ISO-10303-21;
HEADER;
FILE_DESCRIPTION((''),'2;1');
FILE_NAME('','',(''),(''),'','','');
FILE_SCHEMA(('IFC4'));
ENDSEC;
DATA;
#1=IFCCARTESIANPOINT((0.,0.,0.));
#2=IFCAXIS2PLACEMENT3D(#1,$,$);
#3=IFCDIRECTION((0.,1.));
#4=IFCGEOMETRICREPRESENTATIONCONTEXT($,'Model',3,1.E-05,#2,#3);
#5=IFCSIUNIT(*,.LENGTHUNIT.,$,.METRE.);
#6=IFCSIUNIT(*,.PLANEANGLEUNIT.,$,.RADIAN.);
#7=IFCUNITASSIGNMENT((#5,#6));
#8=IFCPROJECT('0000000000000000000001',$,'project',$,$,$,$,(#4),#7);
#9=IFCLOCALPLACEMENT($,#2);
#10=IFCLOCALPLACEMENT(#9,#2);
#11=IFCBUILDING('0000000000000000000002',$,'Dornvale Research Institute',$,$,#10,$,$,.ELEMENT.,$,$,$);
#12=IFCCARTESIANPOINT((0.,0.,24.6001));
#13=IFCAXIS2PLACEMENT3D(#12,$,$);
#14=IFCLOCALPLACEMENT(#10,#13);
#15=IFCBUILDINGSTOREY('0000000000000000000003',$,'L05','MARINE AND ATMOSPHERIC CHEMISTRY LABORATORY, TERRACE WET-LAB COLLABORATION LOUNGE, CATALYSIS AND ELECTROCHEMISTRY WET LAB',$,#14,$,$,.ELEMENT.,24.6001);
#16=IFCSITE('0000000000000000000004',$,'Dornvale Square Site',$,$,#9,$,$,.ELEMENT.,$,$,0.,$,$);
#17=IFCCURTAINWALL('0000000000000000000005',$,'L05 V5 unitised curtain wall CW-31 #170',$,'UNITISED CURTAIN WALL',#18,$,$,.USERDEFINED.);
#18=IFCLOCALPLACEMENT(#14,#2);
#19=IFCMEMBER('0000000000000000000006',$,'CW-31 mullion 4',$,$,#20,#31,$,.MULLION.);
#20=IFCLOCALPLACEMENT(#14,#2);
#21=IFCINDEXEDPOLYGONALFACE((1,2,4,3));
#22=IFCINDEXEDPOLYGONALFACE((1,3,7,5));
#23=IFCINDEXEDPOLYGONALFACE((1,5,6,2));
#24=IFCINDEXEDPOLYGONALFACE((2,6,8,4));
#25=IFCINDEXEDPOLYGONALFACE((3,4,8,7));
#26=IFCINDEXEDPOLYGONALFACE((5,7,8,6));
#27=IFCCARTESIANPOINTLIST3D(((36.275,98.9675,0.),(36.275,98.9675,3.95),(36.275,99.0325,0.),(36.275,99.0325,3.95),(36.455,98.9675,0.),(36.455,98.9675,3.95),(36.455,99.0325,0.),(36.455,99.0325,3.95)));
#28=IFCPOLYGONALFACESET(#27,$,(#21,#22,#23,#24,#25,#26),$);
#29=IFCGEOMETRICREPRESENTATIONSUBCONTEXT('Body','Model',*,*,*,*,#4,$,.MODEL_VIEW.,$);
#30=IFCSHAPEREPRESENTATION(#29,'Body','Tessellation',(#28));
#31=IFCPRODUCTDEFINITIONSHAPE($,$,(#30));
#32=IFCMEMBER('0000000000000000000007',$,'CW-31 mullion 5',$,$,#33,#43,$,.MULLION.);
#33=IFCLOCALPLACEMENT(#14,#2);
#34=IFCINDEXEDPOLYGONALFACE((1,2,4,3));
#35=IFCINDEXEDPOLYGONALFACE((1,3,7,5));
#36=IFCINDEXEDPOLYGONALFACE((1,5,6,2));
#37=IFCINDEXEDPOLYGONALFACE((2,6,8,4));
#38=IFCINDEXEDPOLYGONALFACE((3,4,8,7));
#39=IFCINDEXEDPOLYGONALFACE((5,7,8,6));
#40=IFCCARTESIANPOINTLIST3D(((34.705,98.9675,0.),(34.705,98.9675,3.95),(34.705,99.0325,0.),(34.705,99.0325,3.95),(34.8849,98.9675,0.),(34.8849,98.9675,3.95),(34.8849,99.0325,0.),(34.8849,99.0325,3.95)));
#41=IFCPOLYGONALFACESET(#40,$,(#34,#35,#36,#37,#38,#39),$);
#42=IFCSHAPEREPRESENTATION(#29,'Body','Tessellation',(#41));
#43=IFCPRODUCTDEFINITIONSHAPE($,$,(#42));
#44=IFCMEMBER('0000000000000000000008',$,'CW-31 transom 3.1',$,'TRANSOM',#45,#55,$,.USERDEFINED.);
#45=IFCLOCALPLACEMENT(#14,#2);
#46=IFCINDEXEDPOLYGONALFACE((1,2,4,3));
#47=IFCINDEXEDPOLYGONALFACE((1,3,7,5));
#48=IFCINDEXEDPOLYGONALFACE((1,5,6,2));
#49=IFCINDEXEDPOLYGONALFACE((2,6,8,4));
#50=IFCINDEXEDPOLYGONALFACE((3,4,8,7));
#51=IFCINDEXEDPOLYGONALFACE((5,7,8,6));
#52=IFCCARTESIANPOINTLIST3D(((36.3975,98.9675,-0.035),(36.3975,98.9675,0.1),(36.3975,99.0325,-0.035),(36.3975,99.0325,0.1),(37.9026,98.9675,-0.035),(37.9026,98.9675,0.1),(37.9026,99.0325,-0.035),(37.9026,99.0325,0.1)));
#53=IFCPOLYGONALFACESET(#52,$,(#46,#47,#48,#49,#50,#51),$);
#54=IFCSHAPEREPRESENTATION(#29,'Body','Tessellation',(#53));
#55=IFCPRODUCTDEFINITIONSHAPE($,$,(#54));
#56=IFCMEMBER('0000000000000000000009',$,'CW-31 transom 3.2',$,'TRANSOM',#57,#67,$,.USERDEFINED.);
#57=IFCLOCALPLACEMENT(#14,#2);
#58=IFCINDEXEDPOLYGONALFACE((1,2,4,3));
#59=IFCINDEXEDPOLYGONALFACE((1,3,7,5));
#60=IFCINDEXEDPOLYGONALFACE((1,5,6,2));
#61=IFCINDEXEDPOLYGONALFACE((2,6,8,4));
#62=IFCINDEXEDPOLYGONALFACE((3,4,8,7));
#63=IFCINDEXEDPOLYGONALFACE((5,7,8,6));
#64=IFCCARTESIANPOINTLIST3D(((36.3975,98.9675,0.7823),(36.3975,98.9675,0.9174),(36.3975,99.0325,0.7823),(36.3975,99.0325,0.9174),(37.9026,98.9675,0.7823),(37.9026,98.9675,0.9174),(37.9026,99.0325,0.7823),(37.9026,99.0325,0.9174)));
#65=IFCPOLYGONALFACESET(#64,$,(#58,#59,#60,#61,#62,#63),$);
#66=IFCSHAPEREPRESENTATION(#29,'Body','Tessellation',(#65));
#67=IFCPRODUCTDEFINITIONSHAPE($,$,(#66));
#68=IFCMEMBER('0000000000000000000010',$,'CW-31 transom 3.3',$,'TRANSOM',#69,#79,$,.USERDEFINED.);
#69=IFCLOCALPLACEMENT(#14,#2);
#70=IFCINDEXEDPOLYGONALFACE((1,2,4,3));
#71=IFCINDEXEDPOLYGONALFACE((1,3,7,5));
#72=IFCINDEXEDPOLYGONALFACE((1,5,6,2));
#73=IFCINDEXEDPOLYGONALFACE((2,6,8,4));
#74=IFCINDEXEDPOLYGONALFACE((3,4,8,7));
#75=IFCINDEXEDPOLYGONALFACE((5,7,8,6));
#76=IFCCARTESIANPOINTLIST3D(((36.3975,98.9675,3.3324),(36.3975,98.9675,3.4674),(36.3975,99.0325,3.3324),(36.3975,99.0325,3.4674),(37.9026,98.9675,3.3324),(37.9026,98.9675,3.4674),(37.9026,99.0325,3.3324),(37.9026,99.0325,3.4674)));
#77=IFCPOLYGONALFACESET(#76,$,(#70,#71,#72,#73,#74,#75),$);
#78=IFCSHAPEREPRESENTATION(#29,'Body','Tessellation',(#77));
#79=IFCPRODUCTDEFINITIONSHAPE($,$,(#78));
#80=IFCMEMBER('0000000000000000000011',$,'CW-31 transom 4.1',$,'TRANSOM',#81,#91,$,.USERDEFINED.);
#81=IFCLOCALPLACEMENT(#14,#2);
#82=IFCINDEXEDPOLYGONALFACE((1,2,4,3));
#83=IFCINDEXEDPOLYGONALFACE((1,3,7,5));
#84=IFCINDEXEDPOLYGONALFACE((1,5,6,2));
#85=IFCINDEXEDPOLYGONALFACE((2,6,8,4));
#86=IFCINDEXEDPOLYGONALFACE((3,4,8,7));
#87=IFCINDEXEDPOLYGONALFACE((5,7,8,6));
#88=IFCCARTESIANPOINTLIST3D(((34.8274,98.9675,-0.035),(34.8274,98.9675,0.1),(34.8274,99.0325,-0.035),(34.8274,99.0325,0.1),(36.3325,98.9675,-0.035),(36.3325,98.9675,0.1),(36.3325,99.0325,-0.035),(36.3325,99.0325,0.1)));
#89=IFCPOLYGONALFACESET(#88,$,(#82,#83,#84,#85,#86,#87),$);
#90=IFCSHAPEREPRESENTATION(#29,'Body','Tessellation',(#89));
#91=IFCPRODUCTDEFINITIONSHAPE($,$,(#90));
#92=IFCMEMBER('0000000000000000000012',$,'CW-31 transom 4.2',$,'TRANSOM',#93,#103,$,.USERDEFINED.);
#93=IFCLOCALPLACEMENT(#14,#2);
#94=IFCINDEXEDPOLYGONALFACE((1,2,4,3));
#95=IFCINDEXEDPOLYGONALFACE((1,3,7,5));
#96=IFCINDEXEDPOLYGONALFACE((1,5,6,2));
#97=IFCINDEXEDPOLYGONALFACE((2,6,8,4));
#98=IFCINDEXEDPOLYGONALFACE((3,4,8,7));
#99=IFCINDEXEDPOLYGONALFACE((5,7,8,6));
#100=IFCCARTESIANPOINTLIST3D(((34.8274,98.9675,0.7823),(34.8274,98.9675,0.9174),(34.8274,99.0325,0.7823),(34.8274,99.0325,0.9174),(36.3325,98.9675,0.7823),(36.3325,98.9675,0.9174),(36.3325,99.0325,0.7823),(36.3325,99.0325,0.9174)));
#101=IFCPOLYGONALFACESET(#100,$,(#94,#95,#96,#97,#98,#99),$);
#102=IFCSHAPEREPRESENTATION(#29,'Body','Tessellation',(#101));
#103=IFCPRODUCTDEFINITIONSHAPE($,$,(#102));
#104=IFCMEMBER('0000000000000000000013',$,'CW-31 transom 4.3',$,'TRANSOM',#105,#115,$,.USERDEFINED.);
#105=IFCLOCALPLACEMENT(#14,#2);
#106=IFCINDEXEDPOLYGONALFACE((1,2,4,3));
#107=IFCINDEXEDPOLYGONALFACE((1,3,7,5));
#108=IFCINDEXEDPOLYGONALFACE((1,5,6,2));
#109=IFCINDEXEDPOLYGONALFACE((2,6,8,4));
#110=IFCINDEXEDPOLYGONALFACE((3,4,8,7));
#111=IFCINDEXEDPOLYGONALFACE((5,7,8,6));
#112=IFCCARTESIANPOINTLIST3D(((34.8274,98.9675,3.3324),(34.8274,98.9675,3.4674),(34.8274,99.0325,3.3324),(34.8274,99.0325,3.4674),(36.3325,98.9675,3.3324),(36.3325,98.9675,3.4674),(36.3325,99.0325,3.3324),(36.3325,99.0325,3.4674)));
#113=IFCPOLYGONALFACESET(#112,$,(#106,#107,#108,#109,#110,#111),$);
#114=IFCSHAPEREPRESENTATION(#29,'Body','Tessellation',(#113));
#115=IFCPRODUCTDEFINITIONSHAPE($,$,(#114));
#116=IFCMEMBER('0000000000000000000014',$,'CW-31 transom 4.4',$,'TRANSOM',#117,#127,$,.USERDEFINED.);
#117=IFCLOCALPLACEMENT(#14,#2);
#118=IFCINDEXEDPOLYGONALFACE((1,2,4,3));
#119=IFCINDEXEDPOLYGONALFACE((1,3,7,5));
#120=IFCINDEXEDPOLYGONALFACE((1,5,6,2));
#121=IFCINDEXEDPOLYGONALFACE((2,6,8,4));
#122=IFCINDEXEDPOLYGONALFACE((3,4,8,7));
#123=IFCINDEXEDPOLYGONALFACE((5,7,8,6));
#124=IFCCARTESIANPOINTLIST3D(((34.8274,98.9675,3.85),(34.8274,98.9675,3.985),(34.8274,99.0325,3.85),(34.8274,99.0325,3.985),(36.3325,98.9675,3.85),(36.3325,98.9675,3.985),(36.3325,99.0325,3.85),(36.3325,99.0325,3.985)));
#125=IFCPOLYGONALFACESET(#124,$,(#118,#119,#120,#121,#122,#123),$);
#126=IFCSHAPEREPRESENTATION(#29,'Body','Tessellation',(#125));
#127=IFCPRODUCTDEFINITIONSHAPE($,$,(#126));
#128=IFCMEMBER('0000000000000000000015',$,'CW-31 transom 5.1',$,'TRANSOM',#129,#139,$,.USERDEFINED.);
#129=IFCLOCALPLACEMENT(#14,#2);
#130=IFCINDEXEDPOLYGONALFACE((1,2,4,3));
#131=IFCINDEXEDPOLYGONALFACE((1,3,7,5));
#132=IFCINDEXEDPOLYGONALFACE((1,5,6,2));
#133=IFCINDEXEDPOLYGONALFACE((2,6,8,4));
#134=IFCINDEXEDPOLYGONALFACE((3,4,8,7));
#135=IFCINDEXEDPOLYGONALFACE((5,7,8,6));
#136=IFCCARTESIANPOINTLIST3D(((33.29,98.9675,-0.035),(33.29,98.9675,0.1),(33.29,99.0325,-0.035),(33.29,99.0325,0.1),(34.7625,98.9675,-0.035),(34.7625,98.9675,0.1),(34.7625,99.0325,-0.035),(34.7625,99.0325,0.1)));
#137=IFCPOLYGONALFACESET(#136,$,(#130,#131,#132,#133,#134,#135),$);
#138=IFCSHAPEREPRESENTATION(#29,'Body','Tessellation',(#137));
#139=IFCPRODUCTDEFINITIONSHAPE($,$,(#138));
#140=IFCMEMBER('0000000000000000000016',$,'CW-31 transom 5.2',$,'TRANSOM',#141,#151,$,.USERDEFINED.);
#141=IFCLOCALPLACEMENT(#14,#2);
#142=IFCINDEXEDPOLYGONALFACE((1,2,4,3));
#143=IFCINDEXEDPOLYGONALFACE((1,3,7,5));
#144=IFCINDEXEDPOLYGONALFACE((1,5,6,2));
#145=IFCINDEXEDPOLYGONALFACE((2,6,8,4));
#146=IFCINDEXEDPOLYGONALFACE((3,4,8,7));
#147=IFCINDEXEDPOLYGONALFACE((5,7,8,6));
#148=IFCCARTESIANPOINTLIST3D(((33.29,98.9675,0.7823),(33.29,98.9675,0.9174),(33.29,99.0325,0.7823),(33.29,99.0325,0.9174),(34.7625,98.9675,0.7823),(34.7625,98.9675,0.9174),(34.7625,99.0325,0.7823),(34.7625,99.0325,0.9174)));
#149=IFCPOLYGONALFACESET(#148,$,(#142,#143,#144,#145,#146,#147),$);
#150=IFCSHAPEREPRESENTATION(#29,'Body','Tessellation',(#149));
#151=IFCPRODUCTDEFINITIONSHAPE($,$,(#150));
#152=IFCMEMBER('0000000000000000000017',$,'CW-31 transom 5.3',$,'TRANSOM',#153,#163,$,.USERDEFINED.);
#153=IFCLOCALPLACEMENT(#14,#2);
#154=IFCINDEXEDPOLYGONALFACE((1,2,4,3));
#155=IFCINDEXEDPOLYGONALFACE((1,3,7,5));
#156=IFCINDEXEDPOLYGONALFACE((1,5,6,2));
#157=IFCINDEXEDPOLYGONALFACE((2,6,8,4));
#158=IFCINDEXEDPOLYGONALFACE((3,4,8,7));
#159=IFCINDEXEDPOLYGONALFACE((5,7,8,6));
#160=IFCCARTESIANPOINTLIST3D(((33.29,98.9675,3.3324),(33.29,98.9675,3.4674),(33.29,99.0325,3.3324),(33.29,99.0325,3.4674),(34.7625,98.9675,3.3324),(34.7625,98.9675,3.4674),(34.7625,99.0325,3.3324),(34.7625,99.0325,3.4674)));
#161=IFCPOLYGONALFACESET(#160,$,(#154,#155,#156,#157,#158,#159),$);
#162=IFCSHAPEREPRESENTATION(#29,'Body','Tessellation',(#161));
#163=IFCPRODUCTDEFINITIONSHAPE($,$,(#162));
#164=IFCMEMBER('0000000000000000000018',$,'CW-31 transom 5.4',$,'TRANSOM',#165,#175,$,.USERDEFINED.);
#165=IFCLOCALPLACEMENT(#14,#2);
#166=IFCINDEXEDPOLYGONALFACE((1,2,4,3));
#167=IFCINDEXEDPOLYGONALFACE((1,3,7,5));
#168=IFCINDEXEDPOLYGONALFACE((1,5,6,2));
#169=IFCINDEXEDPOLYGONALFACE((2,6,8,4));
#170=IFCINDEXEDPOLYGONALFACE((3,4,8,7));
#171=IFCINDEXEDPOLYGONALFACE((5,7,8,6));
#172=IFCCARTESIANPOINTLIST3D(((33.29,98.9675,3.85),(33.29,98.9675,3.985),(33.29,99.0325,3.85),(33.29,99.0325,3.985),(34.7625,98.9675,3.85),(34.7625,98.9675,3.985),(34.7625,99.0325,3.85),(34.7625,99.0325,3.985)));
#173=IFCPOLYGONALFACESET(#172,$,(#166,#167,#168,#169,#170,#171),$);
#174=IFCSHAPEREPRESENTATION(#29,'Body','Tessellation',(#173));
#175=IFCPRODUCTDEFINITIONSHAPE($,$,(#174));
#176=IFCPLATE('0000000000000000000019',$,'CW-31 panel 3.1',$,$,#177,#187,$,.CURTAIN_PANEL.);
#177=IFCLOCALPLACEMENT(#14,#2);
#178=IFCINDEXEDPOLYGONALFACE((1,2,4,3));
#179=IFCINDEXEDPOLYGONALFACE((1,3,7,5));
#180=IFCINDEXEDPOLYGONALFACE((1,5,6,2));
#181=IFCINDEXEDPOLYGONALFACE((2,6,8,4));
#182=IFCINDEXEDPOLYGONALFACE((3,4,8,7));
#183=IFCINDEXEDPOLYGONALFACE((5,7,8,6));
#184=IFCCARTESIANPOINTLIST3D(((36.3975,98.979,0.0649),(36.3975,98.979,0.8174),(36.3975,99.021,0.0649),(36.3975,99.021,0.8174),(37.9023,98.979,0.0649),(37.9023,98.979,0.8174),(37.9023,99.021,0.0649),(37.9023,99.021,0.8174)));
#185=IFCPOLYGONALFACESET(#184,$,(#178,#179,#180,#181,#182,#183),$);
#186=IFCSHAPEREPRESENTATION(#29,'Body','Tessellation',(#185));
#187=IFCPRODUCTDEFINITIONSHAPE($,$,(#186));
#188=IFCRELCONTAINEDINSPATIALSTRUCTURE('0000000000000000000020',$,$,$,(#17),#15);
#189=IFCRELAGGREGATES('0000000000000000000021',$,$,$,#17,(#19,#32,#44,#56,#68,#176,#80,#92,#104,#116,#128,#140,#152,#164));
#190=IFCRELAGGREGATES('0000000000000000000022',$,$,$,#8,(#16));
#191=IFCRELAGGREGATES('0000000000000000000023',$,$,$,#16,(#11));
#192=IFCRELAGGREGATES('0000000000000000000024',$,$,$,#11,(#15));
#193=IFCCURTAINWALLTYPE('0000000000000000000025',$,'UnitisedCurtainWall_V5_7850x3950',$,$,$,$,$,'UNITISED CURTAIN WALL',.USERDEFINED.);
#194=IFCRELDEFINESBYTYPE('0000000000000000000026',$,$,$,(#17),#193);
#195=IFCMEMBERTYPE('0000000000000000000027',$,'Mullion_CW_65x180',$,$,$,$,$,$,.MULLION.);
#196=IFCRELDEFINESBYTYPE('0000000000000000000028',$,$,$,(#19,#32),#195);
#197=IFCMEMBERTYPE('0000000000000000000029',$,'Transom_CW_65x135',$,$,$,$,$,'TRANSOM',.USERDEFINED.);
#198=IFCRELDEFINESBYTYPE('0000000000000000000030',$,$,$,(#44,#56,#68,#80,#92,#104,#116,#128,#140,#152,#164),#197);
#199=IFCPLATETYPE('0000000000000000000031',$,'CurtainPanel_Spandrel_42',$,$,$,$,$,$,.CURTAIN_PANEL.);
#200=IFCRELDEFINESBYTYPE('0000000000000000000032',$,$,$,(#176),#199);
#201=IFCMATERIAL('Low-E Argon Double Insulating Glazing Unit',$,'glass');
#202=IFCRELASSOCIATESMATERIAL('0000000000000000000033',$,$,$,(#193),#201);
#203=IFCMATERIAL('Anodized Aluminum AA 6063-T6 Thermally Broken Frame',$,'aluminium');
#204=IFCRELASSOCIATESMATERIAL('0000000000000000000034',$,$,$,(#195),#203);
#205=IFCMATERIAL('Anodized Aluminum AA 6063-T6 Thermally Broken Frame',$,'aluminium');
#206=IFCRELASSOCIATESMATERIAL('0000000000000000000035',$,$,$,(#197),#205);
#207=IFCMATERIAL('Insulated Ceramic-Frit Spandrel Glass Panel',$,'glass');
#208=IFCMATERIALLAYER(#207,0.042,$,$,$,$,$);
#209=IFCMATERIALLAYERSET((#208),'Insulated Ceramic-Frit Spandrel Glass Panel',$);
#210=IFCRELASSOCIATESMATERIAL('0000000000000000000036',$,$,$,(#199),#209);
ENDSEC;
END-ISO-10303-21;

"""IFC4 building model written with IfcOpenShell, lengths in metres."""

from ifc_helpers import new_model, si_unit, direction, frame, origin, origin_2d, place, context, subcontext, project, spatial, rectangle, extrude, material, layer, layer_set, material_profile, profile_set, type_object, element, aggregate, save


model = new_model("IFC4")

# Units and contexts
model_context = context("Model", 3, precision=1e-05, world=origin(), true_north=direction((0.0, 1.0)))
body_context = subcontext(model_context, "Body", "Model", "MODEL_VIEW")
ifc_project = project(units=[si_unit("LENGTHUNIT", "METRE"), si_unit("PLANEANGLEUNIT", "RADIAN")], contexts=[model_context])

# Site, building, storey
site_placement = place(None, origin())
site = spatial("IfcSite", under=ifc_project, at=site_placement, Name="Dornvale Square Site", CompositionType="ELEMENT", RefElevation=0.0)
building_placement = place(site_placement, origin())
building = spatial("IfcBuilding", under=site, at=building_placement, Name="Dornvale Research Institute", CompositionType="ELEMENT")
storey_placement = place(building_placement, frame((0.0, 0.0, 24.6001)))
storey = spatial("IfcBuildingStorey", under=building, at=storey_placement, Name="L05", Description="MARINE AND ATMOSPHERIC CHEMISTRY LABORATORY, TERRACE WET-LAB COLLABORATION LOUNGE, CATALYSIS AND ELECTROCHEMISTRY WET LAB", CompositionType="ELEMENT", Elevation=24.6001)

# Curtain wall, members, plate
ifc_material_1 = material(Name="Low-E Argon Double Insulating Glazing Unit", Category="glass")
curtain_wall_type = type_object("IfcCurtainWallType", Name="UnitisedCurtainWall_V5_7850x3950", ElementType="UNITISED CURTAIN WALL", PredefinedType="USERDEFINED", material=ifc_material_1)
curtain_wall_placement = place(storey_placement, origin())
curtain_wall = element("IfcCurtainWall", 1, at=curtain_wall_placement, inside=storey, type_object=curtain_wall_type, Name="L05 V5 unitised curtain wall CW-31 #170", ObjectType="UNITISED CURTAIN WALL", PredefinedType="USERDEFINED")
ifc_material_2 = material(Name="Anodized Aluminum AA 6063-T6 Thermally Broken Frame", Category="aluminium")
ifc_material_profile_1 = material_profile(ifc_material_2, rectangle(XDim=0.0649, YDim=0.1799, at=origin_2d()), Name="ALU MULLION 65x180")
ifc_profile_set_1 = profile_set([ifc_material_profile_1], Name="Anodized Aluminum AA 6063-T6 Thermally Broken Frame")
member_type_1 = type_object("IfcMemberType", Name="Mullion_CW_65x180", PredefinedType="MULLION", material=ifc_profile_set_1)
member_1_placement = place(storey_placement, frame((36.365, 99.0, 0.0), z_axis=(0.0, 0.0, 1.0), x_axis=(0.0, -1.0, 0.0)))
member_1 = element("IfcMember", 2, at=member_1_placement, type_object=member_type_1, Name="CW-31 mullion 4", PredefinedType="MULLION", context=body_context, shape_type="SweptSolid", body=[
    extrude(rectangle(XDim=0.0649, YDim=0.1799, at=origin_2d()), origin(), (0.0, 0.0, 1.0), 3.95),
])
member_2_placement = place(storey_placement, frame((34.7949, 99.0, 0.0), z_axis=(0.0, 0.0, 1.0), x_axis=(0.0, -1.0, 0.0)))
member_2 = element("IfcMember", 3, at=member_2_placement, type_object=member_type_1, Name="CW-31 mullion 5", PredefinedType="MULLION", context=body_context, shape_type="SweptSolid", body=[
    extrude(rectangle(XDim=0.0649, YDim=0.1799, at=origin_2d()), origin(), (0.0, 0.0, 1.0), 3.95),
])
ifc_material_3 = material(Name="Anodized Aluminum AA 6063-T6 Thermally Broken Frame", Category="aluminium")
ifc_material_profile_2 = material_profile(ifc_material_3, rectangle(XDim=0.0649, YDim=0.135, at=origin_2d()), Name="ALU TRANSOM 65x135")
ifc_profile_set_2 = profile_set([ifc_material_profile_2], Name="Anodized Aluminum AA 6063-T6 Thermally Broken Frame")
member_type_2 = type_object("IfcMemberType", Name="Transom_CW_65x135", ElementType="TRANSOM", PredefinedType="USERDEFINED", material=ifc_profile_set_2)
member_3_placement = place(storey_placement, frame((37.9026, 99.0, 0.0325), z_axis=(-1.0, 0.0, 0.0), x_axis=(0.0, -1.0, 0.0)))
member_3 = element("IfcMember", 4, at=member_3_placement, type_object=member_type_2, Name="CW-31 transom 3.1", ObjectType="TRANSOM", PredefinedType="USERDEFINED", context=body_context, shape_type="SweptSolid", body=[
    extrude(rectangle(XDim=0.0649, YDim=0.135, at=origin_2d()), origin(), (0.0, 0.0, 1.0), 1.5051),
])
member_4_placement = place(storey_placement, frame((37.9026, 99.0, 0.8499), z_axis=(-1.0, 0.0, 0.0), x_axis=(0.0, -1.0, 0.0)))
member_4 = element("IfcMember", 5, at=member_4_placement, type_object=member_type_2, Name="CW-31 transom 3.2", ObjectType="TRANSOM", PredefinedType="USERDEFINED", context=body_context, shape_type="SweptSolid", body=[
    extrude(rectangle(XDim=0.0649, YDim=0.135, at=origin_2d()), origin(), (0.0, 0.0, 1.0), 1.5051),
])
member_5_placement = place(storey_placement, frame((37.9026, 99.0, 3.3999), z_axis=(-1.0, 0.0, 0.0), x_axis=(0.0, -1.0, 0.0)))
member_5 = element("IfcMember", 6, at=member_5_placement, type_object=member_type_2, Name="CW-31 transom 3.3", ObjectType="TRANSOM", PredefinedType="USERDEFINED", context=body_context, shape_type="SweptSolid", body=[
    extrude(rectangle(XDim=0.0649, YDim=0.135, at=origin_2d()), origin(), (0.0, 0.0, 1.0), 1.5051),
])
member_6_placement = place(storey_placement, frame((36.3325, 99.0, 0.0325), z_axis=(-1.0, 0.0, 0.0), x_axis=(0.0, -1.0, 0.0)))
member_6 = element("IfcMember", 7, at=member_6_placement, type_object=member_type_2, Name="CW-31 transom 4.1", ObjectType="TRANSOM", PredefinedType="USERDEFINED", context=body_context, shape_type="SweptSolid", body=[
    extrude(rectangle(XDim=0.0649, YDim=0.135, at=origin_2d()), origin(), (0.0, 0.0, 1.0), 1.5051),
])
member_7_placement = place(storey_placement, frame((36.3325, 99.0, 0.8499), z_axis=(-1.0, 0.0, 0.0), x_axis=(0.0, -1.0, 0.0)))
member_7 = element("IfcMember", 8, at=member_7_placement, type_object=member_type_2, Name="CW-31 transom 4.2", ObjectType="TRANSOM", PredefinedType="USERDEFINED", context=body_context, shape_type="SweptSolid", body=[
    extrude(rectangle(XDim=0.0649, YDim=0.135, at=origin_2d()), origin(), (0.0, 0.0, 1.0), 1.5051),
])
member_8_placement = place(storey_placement, frame((36.3325, 99.0, 3.3999), z_axis=(-1.0, 0.0, 0.0), x_axis=(0.0, -1.0, 0.0)))
member_8 = element("IfcMember", 9, at=member_8_placement, type_object=member_type_2, Name="CW-31 transom 4.3", ObjectType="TRANSOM", PredefinedType="USERDEFINED", context=body_context, shape_type="SweptSolid", body=[
    extrude(rectangle(XDim=0.0649, YDim=0.135, at=origin_2d()), origin(), (0.0, 0.0, 1.0), 1.5051),
])
member_9_placement = place(storey_placement, frame((36.3325, 99.0, 3.9175), z_axis=(-1.0, 0.0, 0.0), x_axis=(0.0, -1.0, 0.0)))
member_9 = element("IfcMember", 10, at=member_9_placement, type_object=member_type_2, Name="CW-31 transom 4.4", ObjectType="TRANSOM", PredefinedType="USERDEFINED", context=body_context, shape_type="SweptSolid", body=[
    extrude(rectangle(XDim=0.0649, YDim=0.135, at=origin_2d()), origin(), (0.0, 0.0, 1.0), 1.5051),
])
member_10_placement = place(storey_placement, frame((34.7625, 99.0, 0.0325), z_axis=(-1.0, 0.0, 0.0), x_axis=(0.0, -1.0, 0.0)))
member_10 = element("IfcMember", 11, at=member_10_placement, type_object=member_type_2, Name="CW-31 transom 5.1", ObjectType="TRANSOM", PredefinedType="USERDEFINED", context=body_context, shape_type="SweptSolid", body=[
    extrude(rectangle(XDim=0.0649, YDim=0.135, at=origin_2d()), origin(), (0.0, 0.0, 1.0), 1.4724),
])
member_11_placement = place(storey_placement, frame((34.7625, 99.0, 0.8499), z_axis=(-1.0, 0.0, 0.0), x_axis=(0.0, -1.0, 0.0)))
member_11 = element("IfcMember", 12, at=member_11_placement, type_object=member_type_2, Name="CW-31 transom 5.2", ObjectType="TRANSOM", PredefinedType="USERDEFINED", context=body_context, shape_type="SweptSolid", body=[
    extrude(rectangle(XDim=0.0649, YDim=0.135, at=origin_2d()), origin(), (0.0, 0.0, 1.0), 1.4724),
])
member_12_placement = place(storey_placement, frame((34.7625, 99.0, 3.3999), z_axis=(-1.0, 0.0, 0.0), x_axis=(0.0, -1.0, 0.0)))
member_12 = element("IfcMember", 13, at=member_12_placement, type_object=member_type_2, Name="CW-31 transom 5.3", ObjectType="TRANSOM", PredefinedType="USERDEFINED", context=body_context, shape_type="SweptSolid", body=[
    extrude(rectangle(XDim=0.0649, YDim=0.135, at=origin_2d()), origin(), (0.0, 0.0, 1.0), 1.4724),
])
member_13_placement = place(storey_placement, frame((34.7625, 99.0, 3.9175), z_axis=(-1.0, 0.0, 0.0), x_axis=(0.0, -1.0, 0.0)))
member_13 = element("IfcMember", 14, at=member_13_placement, type_object=member_type_2, Name="CW-31 transom 5.4", ObjectType="TRANSOM", PredefinedType="USERDEFINED", context=body_context, shape_type="SweptSolid", body=[
    extrude(rectangle(XDim=0.0649, YDim=0.135, at=origin_2d()), origin(), (0.0, 0.0, 1.0), 1.4724),
])
ifc_material_4 = material(Name="Insulated Ceramic-Frit Spandrel Glass Panel", Category="glass")
ifc_layer_1 = layer(ifc_material_4, 0.042)
ifc_layer_set_1 = layer_set([ifc_layer_1], Name="Insulated Ceramic-Frit Spandrel Glass Panel")
plate_type_1 = type_object("IfcPlateType", Name="CurtainPanel_Spandrel_42", PredefinedType="CURTAIN_PANEL", material=ifc_layer_set_1)
plate_1_placement = place(storey_placement, frame((37.1499, 99.0, 0.0649), z_axis=(0.0, 0.0, 1.0), x_axis=(-1.0, 0.0, 0.0)))
plate_1 = element("IfcPlate", 15, at=plate_1_placement, type_object=plate_type_1, Name="CW-31 panel 3.1", PredefinedType="CURTAIN_PANEL", context=body_context, shape_type="SweptSolid", body=[
    extrude(rectangle(XDim=1.5049, YDim=0.042, at=origin_2d()), origin(), (0.0, 0.0, 1.0), 0.7524),
])
aggregate(curtain_wall, [member_1, member_2, member_3, member_4, member_5, plate_1, member_6, member_7, member_8, member_9, member_10, member_11, member_12, member_13])

save(model, "model.ifc")
